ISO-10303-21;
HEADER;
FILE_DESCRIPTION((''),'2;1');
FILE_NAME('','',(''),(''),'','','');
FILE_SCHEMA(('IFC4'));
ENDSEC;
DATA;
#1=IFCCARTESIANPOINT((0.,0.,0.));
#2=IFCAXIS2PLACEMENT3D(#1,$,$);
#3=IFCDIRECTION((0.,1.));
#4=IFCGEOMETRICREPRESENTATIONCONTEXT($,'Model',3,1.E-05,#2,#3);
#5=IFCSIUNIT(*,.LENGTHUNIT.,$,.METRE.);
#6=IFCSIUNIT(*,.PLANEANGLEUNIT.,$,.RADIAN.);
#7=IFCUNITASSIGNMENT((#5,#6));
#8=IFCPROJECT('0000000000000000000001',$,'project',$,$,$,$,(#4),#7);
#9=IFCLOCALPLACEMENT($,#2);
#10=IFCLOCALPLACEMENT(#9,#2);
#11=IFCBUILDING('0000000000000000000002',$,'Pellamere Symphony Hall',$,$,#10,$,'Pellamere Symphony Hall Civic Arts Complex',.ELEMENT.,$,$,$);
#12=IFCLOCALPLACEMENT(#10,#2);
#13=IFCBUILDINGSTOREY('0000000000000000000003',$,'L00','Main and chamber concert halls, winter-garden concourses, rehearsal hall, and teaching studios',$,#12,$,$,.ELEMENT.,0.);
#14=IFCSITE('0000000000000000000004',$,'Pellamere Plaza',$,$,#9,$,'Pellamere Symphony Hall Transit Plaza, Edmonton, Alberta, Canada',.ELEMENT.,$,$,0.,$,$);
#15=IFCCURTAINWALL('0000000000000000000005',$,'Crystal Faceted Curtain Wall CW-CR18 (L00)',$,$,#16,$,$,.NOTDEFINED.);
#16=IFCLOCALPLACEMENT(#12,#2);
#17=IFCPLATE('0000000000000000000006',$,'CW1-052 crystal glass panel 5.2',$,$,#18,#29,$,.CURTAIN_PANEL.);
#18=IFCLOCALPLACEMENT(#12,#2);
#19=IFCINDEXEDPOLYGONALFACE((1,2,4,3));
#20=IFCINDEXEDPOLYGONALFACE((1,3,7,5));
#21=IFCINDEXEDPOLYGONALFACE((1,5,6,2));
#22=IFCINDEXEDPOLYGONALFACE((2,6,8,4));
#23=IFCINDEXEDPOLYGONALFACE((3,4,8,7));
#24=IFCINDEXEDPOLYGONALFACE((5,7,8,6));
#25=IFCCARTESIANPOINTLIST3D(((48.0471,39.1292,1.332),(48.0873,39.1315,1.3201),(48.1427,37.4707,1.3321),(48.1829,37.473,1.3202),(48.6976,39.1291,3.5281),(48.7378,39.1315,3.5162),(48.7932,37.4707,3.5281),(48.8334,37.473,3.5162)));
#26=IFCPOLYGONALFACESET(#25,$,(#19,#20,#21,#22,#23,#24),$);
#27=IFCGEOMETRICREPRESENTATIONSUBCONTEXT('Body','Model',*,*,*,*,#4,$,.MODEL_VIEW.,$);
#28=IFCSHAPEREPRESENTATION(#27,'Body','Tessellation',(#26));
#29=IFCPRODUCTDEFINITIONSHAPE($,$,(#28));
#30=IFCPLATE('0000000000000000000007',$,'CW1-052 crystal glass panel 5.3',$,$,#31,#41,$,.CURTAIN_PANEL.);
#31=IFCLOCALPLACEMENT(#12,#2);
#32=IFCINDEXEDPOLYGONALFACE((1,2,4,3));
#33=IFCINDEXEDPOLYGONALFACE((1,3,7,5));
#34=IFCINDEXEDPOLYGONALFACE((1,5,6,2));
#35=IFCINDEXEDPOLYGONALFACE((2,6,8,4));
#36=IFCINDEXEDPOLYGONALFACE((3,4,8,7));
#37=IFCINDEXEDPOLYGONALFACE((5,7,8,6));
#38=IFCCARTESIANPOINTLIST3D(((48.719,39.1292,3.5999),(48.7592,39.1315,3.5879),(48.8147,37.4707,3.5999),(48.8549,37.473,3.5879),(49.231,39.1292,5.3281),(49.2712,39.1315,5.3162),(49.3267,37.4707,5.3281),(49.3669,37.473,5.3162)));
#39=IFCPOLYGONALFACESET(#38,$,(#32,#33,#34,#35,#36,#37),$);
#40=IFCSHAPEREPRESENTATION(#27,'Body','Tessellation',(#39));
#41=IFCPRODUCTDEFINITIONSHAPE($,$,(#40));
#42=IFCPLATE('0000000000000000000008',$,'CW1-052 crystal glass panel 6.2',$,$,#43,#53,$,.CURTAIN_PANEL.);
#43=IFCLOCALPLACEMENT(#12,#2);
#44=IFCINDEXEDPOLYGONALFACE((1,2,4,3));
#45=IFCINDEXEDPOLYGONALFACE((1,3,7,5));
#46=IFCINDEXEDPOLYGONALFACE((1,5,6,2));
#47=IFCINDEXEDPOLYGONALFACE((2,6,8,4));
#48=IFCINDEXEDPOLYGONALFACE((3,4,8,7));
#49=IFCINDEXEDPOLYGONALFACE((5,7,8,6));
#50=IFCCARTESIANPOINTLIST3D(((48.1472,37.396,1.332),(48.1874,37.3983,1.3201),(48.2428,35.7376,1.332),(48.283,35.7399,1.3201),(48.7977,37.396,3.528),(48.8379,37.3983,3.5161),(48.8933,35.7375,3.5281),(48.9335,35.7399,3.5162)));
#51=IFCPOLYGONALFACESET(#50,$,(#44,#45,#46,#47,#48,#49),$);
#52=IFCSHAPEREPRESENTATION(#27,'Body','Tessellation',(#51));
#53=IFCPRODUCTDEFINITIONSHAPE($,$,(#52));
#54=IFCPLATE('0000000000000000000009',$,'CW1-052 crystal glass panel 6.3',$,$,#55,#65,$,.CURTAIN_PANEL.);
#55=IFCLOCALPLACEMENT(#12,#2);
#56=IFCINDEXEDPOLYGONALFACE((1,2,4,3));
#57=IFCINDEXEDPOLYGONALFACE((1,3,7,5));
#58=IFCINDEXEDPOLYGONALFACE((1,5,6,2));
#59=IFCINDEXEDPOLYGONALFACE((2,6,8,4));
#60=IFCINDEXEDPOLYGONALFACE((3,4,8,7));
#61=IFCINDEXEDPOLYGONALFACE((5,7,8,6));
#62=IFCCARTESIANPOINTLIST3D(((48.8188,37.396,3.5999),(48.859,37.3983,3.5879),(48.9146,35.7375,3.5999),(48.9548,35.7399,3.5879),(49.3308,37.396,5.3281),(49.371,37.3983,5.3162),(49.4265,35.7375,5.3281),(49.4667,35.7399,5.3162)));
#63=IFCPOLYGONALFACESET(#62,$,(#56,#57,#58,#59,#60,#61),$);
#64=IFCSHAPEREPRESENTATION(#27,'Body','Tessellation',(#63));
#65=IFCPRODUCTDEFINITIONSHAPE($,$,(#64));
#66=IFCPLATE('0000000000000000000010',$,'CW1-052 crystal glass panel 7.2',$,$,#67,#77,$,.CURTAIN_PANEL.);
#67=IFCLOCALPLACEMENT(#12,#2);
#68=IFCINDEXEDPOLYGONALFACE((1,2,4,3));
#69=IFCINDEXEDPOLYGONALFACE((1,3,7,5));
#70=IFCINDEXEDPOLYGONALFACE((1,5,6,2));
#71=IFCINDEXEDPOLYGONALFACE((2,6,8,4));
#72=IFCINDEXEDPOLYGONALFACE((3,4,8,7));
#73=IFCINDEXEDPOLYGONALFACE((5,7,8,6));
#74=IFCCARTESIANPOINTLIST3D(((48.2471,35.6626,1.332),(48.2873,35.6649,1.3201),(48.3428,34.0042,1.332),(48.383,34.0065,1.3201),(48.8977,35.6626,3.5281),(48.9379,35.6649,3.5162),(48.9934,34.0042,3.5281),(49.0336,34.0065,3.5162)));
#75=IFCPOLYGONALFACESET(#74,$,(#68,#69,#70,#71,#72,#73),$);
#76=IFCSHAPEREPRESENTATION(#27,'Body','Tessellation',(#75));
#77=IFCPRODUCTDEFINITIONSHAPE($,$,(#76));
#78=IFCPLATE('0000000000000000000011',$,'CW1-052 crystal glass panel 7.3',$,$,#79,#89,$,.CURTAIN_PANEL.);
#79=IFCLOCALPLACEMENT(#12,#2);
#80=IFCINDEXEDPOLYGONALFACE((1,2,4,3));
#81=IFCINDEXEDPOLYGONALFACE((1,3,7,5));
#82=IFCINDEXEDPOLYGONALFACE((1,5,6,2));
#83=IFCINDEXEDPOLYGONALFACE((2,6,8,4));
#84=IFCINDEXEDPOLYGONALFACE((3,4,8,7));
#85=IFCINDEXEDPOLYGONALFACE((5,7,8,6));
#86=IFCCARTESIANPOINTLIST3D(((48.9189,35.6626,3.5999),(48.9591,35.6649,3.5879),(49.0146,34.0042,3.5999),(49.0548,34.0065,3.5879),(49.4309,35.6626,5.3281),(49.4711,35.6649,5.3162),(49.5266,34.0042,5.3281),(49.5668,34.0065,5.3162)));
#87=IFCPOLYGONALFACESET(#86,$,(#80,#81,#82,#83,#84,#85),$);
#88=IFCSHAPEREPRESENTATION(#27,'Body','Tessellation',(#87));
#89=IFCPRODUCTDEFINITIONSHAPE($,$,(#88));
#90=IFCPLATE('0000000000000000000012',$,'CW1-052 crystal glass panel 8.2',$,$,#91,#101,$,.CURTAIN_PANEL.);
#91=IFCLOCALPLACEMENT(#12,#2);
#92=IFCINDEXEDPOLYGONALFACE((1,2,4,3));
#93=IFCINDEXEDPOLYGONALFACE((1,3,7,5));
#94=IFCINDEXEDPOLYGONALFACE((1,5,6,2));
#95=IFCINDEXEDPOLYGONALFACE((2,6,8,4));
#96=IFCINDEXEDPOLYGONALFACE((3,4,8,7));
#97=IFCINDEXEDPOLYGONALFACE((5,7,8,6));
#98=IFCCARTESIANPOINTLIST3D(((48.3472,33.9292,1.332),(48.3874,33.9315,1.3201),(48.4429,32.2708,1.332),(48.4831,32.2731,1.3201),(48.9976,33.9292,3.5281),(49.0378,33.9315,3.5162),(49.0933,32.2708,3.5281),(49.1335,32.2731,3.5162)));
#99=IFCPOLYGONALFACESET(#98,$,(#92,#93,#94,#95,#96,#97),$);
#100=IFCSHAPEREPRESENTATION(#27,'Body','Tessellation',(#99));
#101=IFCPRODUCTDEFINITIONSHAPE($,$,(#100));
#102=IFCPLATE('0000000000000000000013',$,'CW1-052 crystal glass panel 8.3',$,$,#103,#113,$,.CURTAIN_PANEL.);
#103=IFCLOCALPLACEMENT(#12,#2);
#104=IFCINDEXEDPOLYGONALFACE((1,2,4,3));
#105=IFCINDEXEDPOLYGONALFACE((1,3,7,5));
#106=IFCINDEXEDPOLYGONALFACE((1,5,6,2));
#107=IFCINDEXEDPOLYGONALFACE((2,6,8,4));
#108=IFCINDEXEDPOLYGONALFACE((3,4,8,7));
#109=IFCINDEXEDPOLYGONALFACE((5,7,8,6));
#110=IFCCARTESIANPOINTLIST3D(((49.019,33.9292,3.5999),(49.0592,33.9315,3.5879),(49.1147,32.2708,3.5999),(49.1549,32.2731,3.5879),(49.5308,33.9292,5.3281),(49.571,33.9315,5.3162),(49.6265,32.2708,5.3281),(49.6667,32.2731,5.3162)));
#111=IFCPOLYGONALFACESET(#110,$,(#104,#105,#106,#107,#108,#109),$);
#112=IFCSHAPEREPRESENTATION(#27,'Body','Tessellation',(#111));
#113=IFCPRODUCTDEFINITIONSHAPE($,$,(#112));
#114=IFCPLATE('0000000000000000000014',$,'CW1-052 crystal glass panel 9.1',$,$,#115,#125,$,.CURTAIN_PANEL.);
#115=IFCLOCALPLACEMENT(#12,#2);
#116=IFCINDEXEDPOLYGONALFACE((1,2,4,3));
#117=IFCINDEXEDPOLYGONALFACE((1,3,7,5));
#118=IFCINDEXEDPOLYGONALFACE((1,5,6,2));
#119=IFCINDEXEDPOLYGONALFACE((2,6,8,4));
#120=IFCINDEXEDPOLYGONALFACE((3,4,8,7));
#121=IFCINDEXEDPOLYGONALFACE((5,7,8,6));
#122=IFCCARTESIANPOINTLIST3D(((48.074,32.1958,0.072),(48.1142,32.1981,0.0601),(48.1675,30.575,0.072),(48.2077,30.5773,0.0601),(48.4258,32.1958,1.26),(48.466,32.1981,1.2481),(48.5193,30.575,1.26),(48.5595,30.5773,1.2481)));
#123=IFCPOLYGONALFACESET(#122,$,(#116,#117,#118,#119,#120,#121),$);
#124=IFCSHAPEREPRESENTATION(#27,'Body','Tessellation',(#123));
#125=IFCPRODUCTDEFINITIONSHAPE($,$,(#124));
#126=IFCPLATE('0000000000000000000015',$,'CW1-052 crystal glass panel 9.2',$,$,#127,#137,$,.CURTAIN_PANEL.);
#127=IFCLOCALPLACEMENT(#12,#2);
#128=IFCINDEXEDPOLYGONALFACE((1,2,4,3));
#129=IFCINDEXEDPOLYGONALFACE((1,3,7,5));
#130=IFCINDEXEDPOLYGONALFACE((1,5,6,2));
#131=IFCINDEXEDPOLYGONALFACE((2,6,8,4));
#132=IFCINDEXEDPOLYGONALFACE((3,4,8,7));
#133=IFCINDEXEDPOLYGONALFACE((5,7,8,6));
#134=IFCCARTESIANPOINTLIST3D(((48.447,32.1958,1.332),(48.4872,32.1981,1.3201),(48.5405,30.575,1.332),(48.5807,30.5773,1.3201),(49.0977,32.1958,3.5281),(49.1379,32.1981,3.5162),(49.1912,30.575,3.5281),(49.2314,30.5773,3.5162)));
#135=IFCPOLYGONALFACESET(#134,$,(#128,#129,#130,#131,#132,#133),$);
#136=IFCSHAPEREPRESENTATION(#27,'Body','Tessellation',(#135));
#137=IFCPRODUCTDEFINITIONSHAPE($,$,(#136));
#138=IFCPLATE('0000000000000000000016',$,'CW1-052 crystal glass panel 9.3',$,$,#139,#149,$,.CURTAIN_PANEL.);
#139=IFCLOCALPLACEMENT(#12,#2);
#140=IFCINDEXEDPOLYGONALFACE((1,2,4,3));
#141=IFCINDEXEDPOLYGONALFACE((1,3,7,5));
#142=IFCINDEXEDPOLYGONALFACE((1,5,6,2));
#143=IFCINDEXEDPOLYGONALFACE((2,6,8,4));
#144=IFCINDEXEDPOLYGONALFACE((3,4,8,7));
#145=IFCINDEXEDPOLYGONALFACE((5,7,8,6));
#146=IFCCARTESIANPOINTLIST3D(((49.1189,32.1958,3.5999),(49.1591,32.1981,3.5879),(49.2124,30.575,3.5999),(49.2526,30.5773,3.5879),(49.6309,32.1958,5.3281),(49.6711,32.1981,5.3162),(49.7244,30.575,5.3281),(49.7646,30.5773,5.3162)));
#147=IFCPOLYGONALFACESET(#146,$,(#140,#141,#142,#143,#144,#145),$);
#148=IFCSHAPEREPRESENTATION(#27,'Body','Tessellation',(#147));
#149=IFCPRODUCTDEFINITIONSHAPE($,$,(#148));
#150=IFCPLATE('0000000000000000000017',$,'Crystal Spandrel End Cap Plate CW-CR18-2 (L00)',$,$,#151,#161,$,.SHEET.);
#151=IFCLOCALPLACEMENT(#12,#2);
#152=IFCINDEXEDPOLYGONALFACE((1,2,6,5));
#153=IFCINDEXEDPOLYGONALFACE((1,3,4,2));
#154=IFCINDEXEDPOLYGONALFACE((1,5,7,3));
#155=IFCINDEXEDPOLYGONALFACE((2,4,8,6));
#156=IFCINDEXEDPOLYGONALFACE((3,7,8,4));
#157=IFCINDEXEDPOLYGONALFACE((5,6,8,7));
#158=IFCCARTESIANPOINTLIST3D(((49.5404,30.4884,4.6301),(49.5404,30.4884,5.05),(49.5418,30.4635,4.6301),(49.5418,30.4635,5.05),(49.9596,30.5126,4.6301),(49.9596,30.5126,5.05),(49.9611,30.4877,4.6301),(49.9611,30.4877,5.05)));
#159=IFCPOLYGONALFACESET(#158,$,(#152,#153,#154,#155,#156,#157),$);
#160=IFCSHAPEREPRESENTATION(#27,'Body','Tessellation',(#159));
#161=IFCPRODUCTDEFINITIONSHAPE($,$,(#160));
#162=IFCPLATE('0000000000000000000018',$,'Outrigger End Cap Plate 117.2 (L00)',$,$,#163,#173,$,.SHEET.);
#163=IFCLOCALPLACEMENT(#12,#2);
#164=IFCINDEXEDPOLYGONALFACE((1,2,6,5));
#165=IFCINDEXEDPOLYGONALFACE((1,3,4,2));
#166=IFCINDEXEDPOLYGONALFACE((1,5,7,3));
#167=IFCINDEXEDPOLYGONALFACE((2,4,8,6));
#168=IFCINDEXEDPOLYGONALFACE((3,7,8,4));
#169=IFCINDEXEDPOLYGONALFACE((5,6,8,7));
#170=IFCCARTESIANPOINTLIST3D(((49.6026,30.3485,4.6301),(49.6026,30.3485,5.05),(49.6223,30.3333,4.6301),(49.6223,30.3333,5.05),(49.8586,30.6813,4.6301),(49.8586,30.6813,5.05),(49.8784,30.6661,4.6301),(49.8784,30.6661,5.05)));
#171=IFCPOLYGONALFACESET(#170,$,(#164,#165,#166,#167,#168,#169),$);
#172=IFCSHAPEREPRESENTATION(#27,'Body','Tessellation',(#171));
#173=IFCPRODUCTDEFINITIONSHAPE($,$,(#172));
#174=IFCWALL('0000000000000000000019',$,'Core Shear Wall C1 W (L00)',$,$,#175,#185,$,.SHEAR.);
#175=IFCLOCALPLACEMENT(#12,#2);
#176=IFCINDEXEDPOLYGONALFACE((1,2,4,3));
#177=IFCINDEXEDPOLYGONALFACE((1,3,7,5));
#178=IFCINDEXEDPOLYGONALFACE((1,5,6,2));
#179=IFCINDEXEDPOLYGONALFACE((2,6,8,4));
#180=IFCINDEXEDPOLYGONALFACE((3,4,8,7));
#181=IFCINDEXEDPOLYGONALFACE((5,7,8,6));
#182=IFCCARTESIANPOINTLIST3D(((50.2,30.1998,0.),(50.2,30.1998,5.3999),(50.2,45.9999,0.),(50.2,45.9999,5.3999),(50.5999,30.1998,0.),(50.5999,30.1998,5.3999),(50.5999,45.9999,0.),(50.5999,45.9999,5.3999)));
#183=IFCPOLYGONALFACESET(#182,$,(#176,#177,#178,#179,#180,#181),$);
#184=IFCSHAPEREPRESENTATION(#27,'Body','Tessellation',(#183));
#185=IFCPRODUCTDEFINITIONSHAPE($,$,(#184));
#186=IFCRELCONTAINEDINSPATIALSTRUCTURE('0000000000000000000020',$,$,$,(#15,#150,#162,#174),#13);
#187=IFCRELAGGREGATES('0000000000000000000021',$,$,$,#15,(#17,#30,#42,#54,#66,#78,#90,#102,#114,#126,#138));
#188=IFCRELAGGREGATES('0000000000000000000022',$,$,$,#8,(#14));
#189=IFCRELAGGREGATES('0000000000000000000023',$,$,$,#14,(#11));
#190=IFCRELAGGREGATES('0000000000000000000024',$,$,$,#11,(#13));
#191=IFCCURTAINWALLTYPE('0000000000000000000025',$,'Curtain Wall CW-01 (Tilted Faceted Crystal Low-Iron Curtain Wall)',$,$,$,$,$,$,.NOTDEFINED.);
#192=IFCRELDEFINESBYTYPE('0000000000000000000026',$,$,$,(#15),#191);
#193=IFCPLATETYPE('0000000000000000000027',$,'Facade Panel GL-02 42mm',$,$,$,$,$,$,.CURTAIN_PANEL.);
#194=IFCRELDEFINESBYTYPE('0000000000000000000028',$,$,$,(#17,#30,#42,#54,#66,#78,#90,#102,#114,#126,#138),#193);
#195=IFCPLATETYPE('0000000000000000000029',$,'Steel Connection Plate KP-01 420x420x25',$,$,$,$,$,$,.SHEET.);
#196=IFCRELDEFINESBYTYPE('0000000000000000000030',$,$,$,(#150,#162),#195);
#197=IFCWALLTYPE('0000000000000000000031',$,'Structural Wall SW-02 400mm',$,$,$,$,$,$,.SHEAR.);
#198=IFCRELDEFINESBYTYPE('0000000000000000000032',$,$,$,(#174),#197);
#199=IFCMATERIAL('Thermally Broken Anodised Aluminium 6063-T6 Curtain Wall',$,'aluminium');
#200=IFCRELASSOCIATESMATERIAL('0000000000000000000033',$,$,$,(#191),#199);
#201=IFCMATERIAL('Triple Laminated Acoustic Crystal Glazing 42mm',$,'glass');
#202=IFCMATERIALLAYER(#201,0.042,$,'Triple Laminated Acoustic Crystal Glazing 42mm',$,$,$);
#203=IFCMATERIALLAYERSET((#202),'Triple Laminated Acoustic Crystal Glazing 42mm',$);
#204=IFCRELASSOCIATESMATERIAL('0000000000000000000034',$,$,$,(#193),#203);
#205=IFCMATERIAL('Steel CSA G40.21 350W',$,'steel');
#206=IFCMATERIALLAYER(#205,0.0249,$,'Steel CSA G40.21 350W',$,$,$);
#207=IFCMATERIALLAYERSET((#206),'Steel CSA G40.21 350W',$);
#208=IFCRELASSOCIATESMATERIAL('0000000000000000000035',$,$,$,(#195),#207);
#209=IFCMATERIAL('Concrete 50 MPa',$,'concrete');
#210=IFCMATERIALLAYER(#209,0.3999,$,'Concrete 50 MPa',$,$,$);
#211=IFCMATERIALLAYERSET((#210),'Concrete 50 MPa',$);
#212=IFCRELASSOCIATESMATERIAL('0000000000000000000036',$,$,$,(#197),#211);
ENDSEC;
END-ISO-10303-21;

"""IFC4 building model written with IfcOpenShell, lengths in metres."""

from ifc_helpers import new_model, si_unit, direction, frame, frame_2d, origin, origin_2d, place, context, subcontext, project, spatial, polyline, rectangle, outline, extrude, material, layer, layer_set, type_object, element, aggregate, save


model = new_model("IFC4")

# Units and contexts
model_context = context("Model", 3, precision=1e-05, world=origin(), true_north=direction((0.0, 1.0)))
body_context = subcontext(model_context, "Body", "Model", "MODEL_VIEW")
ifc_project = project(units=[si_unit("LENGTHUNIT", "METRE"), si_unit("PLANEANGLEUNIT", "RADIAN")], contexts=[model_context])

# Site, building, storey
site_placement = place(None, origin())
site = spatial("IfcSite", under=ifc_project, at=site_placement, Name="Pellamere Plaza", LongName="Pellamere Symphony Hall Transit Plaza, Edmonton, Alberta, Canada", CompositionType="ELEMENT", RefElevation=0.0)
building_placement = place(site_placement, origin())
building = spatial("IfcBuilding", under=site, at=building_placement, Name="Pellamere Symphony Hall", LongName="Pellamere Symphony Hall Civic Arts Complex", CompositionType="ELEMENT")
storey_placement = place(building_placement, origin())
storey = spatial("IfcBuildingStorey", under=building, at=storey_placement, Name="L00", Description="Main and chamber concert halls, winter-garden concourses, rehearsal hall, and teaching studios", CompositionType="ELEMENT", Elevation=0.0)

# Curtain wall
ifc_material_1 = material(Name="Thermally Broken Anodised Aluminium 6063-T6 Curtain Wall", Category="aluminium")
curtain_wall_type = type_object("IfcCurtainWallType", Name="Curtain Wall CW-01 (Tilted Faceted Crystal Low-Iron Curtain Wall)", PredefinedType="NOTDEFINED", material=ifc_material_1)
curtain_wall_placement = place(storey_placement, origin())
curtain_wall = element("IfcCurtainWall", 1, at=curtain_wall_placement, inside=storey, type_object=curtain_wall_type, Name="Crystal Faceted Curtain Wall CW-CR18 (L00)", PredefinedType="NOTDEFINED")

# Shared definitions
ifc_material_2 = material(Name="Steel CSA G40.21 350W", Category="steel")

# Plates
ifc_material_3 = material(Name="Triple Laminated Acoustic Crystal Glazing 42mm", Category="glass")
ifc_layer_1 = layer(ifc_material_3, 0.042, Name="Triple Laminated Acoustic Crystal Glazing 42mm")
ifc_layer_set_1 = layer_set([ifc_layer_1], Name="Triple Laminated Acoustic Crystal Glazing 42mm")
plate_type_1 = type_object("IfcPlateType", Name="Facade Panel GL-02 42mm", PredefinedType="CURTAIN_PANEL", material=ifc_layer_set_1)
plate_1_placement = place(storey_placement, frame((48.0471, 39.1292, 1.332), z_axis=(-0.957357, -0.055175, 0.283589), x_axis=(0.057543, -0.998343, 0.00002)))
plate_1 = element("IfcPlate", 2, at=plate_1_placement, type_object=plate_type_1, Name="CW1-052 crystal glass panel 5.2", PredefinedType="CURTAIN_PANEL", context=body_context, shape_type="SweptSolid", body=[
    extrude(outline(polyline([(0.0, 0.0), (1.6612, 0.0), (1.6987, 2.29), (0.0375, 2.2901), (0.0, 0.0)])), origin(), (0.0, 0.0, -1.0), 0.042),
])
plate_2_placement = place(storey_placement, frame((48.719, 39.1292, 3.5999), z_axis=(-0.957352, -0.055245, 0.283595), x_axis=(0.057611, -0.998339, 0.0)))
plate_2 = element("IfcPlate", 3, at=plate_2_placement, type_object=plate_type_1, Name="CW1-052 crystal glass panel 5.3", PredefinedType="CURTAIN_PANEL", context=body_context, shape_type="SweptSolid", body=[
    extrude(outline(polyline([(0.0, 0.0), (1.6612, 0.0), (1.6907, 1.8023), (0.0295, 1.8023), (0.0, 0.0)])), origin(), (0.0, 0.0, -1.0), 0.042),
])
plate_3_placement = place(storey_placement, frame((48.1472, 37.396, 1.332), z_axis=(-0.957357, -0.055175, 0.283589), x_axis=(0.057531, -0.998344, -0.00002)))
plate_3 = element("IfcPlate", 4, at=plate_3_placement, type_object=plate_type_1, Name="CW1-052 crystal glass panel 6.2", PredefinedType="CURTAIN_PANEL", context=body_context, shape_type="SweptSolid", body=[
    extrude(outline(polyline([(0.0, 0.0), (1.6612, 0.0), (1.6986, 2.2901), (0.0374, 2.29), (0.0, 0.0)])), origin(), (0.0, 0.0, -1.0), 0.042),
])
plate_4_placement = place(storey_placement, frame((48.8188, 37.396, 3.5999), z_axis=(-0.957352, -0.055245, 0.283595), x_axis=(0.057611, -0.998339, 0.0)))
plate_4 = element("IfcPlate", 5, at=plate_4_placement, type_object=plate_type_1, Name="CW1-052 crystal glass panel 6.3", PredefinedType="CURTAIN_PANEL", context=body_context, shape_type="SweptSolid", body=[
    extrude(outline(polyline([(0.0, 0.0), (1.6612, 0.0), (1.6907, 1.8023), (0.0295, 1.8023), (0.0, 0.0)])), origin(), (0.0, 0.0, -1.0), 0.042),
])
plate_5_placement = place(storey_placement, frame((48.2471, 35.6626, 1.332), z_axis=(-0.957339, -0.055245, 0.283636), x_axis=(0.057611, -0.998339, 0.0)))
plate_5 = element("IfcPlate", 6, at=plate_5_placement, type_object=plate_type_1, Name="CW1-052 crystal glass panel 7.2", PredefinedType="CURTAIN_PANEL", context=body_context, shape_type="SweptSolid", body=[
    extrude(outline(polyline([(0.0, 0.0), (1.6612, 0.0), (1.6987, 2.2901), (0.0375, 2.2901), (0.0, 0.0)])), origin(), (0.0, 0.0, -1.0), 0.042),
])
plate_6_placement = place(storey_placement, frame((48.9189, 35.6626, 3.5999), z_axis=(-0.957352, -0.055245, 0.283595), x_axis=(0.057611, -0.998339, 0.0)))
plate_6 = element("IfcPlate", 7, at=plate_6_placement, type_object=plate_type_1, Name="CW1-052 crystal glass panel 7.3", PredefinedType="CURTAIN_PANEL", context=body_context, shape_type="SweptSolid", body=[
    extrude(outline(polyline([(0.0, 0.0), (1.6612, 0.0), (1.6907, 1.8023), (0.0295, 1.8023), (0.0, 0.0)])), origin(), (0.0, 0.0, -1.0), 0.042),
])
plate_7_placement = place(storey_placement, frame((48.3472, 33.9292, 1.332), z_axis=(-0.957368, -0.055246, 0.283538), x_axis=(0.057611, -0.998339, 0.0)))
plate_7 = element("IfcPlate", 8, at=plate_7_placement, type_object=plate_type_1, Name="CW1-052 crystal glass panel 8.2", PredefinedType="CURTAIN_PANEL", context=body_context, shape_type="SweptSolid", body=[
    extrude(outline(polyline([(0.0, 0.0), (1.6612, 0.0), (1.6987, 2.29), (0.0375, 2.29), (0.0, 0.0)])), origin(), (0.0, 0.0, -1.0), 0.042),
])
plate_8_placement = place(storey_placement, frame((49.019, 33.9292, 3.5999), z_axis=(-0.957388, -0.055247, 0.28347), x_axis=(0.057611, -0.998339, 0.0)))
plate_8 = element("IfcPlate", 9, at=plate_8_placement, type_object=plate_type_1, Name="CW1-052 crystal glass panel 8.3", PredefinedType="CURTAIN_PANEL", context=body_context, shape_type="SweptSolid", body=[
    extrude(outline(polyline([(0.0, 0.0), (1.6612, 0.0), (1.6907, 1.8022), (0.0295, 1.8022), (0.0, 0.0)])), origin(), (0.0, 0.0, -1.0), 0.042),
])
plate_9_placement = place(storey_placement, frame((48.074, 32.1958, 0.072), z_axis=(-0.957376, -0.05523, 0.283514), x_axis=(0.057594, -0.99834, 0.0)))
plate_9 = element("IfcPlate", 10, at=plate_9_placement, type_object=plate_type_1, Name="CW1-052 crystal glass panel 9.1", PredefinedType="CURTAIN_PANEL", context=body_context, shape_type="SweptSolid", body=[
    extrude(outline(polyline([(0.0, 0.0), (1.6235, 0.0), (1.6438, 1.2388), (0.0203, 1.2388), (0.0, 0.0)])), origin(), (0.0, 0.0, -1.0), 0.042),
])
plate_10_placement = place(storey_placement, frame((48.447, 32.1958, 1.332), z_axis=(-0.95734, -0.055228, 0.283637), x_axis=(0.057594, -0.99834, 0.0)))
plate_10 = element("IfcPlate", 11, at=plate_10_placement, type_object=plate_type_1, Name="CW1-052 crystal glass panel 9.2", PredefinedType="CURTAIN_PANEL", context=body_context, shape_type="SweptSolid", body=[
    extrude(outline(polyline([(0.0, 0.0), (1.6235, 0.0), (1.661, 2.2901), (0.0375, 2.2901), (0.0, 0.0)])), origin(), (0.0, 0.0, -1.0), 0.042),
])
plate_11_placement = place(storey_placement, frame((49.1189, 32.1958, 3.5999), z_axis=(-0.957352, -0.055229, 0.283595), x_axis=(0.057594, -0.99834, 0.0)))
plate_11 = element("IfcPlate", 12, at=plate_11_placement, type_object=plate_type_1, Name="CW1-052 crystal glass panel 9.3", PredefinedType="CURTAIN_PANEL", context=body_context, shape_type="SweptSolid", body=[
    extrude(outline(polyline([(0.0, 0.0), (1.6235, 0.0), (1.653, 1.8023), (0.0295, 1.8023), (0.0, 0.0)])), origin(), (0.0, 0.0, -1.0), 0.042),
])
aggregate(curtain_wall, [plate_1, plate_2, plate_3, plate_4, plate_5, plate_6, plate_7, plate_8, plate_9, plate_10, plate_11])

# Plates
ifc_layer_2 = layer(ifc_material_2, 0.0249, Name="Steel CSA G40.21 350W")
ifc_layer_set_2 = layer_set([ifc_layer_2], Name="Steel CSA G40.21 350W")
plate_type_2 = type_object("IfcPlateType", Name="Steel Connection Plate KP-01 420x420x25", PredefinedType="SHEET", material=ifc_layer_set_2)
for number, where, z_axis, x_axis, name in (
    (13, (49.7507, 30.488, 4.6301), (0.0, 0.0, 1.0), (0.057564, -0.998342, 0.0), "Crystal Spandrel End Cap Plate CW-CR18-2 (L00)"),
    (14, (49.7405, 30.5073, 4.6301), (0.0, 0.0, 1.0), (-0.792609, 0.60973, 0.0), "Outrigger End Cap Plate 117.2 (L00)"),
):
    element("IfcPlate", number, at=place(storey_placement, frame(where, z_axis=z_axis, x_axis=x_axis)), inside=storey, type_object=plate_type_2, Name=name, PredefinedType="SHEET", context=body_context, shape_type="SweptSolid", body=[
        extrude(rectangle(XDim=0.0249, YDim=0.4199, at=origin_2d()), origin(), (0.0, 0.0, 1.0), 0.4199),
    ])

# Wall
ifc_material_4 = material(Name="Concrete 50 MPa", Category="concrete")
ifc_layer_3 = layer(ifc_material_4, 0.3999, Name="Concrete 50 MPa")
ifc_layer_set_3 = layer_set([ifc_layer_3], Name="Concrete 50 MPa")
wall_type_1 = type_object("IfcWallType", Name="Structural Wall SW-02 400mm", PredefinedType="SHEAR", material=ifc_layer_set_3)
wall_1_placement = place(storey_placement, frame((50.3999, 30.2, 0.0), z_axis=(0.0, 0.0, 1.0), x_axis=(0.0, 1.0, 0.0)))
element("IfcWall", 15, at=wall_1_placement, inside=storey, type_object=wall_type_1, Name="Core Shear Wall C1 W (L00)", PredefinedType="SHEAR", context=body_context, shape_type="SweptSolid", body=[
    extrude(rectangle(XDim=15.8, YDim=0.3999, at=frame_2d((7.8999, 0.0))), origin(), (0.0, 0.0, 1.0), 5.3999),
])

save(model, "model.ifc")
